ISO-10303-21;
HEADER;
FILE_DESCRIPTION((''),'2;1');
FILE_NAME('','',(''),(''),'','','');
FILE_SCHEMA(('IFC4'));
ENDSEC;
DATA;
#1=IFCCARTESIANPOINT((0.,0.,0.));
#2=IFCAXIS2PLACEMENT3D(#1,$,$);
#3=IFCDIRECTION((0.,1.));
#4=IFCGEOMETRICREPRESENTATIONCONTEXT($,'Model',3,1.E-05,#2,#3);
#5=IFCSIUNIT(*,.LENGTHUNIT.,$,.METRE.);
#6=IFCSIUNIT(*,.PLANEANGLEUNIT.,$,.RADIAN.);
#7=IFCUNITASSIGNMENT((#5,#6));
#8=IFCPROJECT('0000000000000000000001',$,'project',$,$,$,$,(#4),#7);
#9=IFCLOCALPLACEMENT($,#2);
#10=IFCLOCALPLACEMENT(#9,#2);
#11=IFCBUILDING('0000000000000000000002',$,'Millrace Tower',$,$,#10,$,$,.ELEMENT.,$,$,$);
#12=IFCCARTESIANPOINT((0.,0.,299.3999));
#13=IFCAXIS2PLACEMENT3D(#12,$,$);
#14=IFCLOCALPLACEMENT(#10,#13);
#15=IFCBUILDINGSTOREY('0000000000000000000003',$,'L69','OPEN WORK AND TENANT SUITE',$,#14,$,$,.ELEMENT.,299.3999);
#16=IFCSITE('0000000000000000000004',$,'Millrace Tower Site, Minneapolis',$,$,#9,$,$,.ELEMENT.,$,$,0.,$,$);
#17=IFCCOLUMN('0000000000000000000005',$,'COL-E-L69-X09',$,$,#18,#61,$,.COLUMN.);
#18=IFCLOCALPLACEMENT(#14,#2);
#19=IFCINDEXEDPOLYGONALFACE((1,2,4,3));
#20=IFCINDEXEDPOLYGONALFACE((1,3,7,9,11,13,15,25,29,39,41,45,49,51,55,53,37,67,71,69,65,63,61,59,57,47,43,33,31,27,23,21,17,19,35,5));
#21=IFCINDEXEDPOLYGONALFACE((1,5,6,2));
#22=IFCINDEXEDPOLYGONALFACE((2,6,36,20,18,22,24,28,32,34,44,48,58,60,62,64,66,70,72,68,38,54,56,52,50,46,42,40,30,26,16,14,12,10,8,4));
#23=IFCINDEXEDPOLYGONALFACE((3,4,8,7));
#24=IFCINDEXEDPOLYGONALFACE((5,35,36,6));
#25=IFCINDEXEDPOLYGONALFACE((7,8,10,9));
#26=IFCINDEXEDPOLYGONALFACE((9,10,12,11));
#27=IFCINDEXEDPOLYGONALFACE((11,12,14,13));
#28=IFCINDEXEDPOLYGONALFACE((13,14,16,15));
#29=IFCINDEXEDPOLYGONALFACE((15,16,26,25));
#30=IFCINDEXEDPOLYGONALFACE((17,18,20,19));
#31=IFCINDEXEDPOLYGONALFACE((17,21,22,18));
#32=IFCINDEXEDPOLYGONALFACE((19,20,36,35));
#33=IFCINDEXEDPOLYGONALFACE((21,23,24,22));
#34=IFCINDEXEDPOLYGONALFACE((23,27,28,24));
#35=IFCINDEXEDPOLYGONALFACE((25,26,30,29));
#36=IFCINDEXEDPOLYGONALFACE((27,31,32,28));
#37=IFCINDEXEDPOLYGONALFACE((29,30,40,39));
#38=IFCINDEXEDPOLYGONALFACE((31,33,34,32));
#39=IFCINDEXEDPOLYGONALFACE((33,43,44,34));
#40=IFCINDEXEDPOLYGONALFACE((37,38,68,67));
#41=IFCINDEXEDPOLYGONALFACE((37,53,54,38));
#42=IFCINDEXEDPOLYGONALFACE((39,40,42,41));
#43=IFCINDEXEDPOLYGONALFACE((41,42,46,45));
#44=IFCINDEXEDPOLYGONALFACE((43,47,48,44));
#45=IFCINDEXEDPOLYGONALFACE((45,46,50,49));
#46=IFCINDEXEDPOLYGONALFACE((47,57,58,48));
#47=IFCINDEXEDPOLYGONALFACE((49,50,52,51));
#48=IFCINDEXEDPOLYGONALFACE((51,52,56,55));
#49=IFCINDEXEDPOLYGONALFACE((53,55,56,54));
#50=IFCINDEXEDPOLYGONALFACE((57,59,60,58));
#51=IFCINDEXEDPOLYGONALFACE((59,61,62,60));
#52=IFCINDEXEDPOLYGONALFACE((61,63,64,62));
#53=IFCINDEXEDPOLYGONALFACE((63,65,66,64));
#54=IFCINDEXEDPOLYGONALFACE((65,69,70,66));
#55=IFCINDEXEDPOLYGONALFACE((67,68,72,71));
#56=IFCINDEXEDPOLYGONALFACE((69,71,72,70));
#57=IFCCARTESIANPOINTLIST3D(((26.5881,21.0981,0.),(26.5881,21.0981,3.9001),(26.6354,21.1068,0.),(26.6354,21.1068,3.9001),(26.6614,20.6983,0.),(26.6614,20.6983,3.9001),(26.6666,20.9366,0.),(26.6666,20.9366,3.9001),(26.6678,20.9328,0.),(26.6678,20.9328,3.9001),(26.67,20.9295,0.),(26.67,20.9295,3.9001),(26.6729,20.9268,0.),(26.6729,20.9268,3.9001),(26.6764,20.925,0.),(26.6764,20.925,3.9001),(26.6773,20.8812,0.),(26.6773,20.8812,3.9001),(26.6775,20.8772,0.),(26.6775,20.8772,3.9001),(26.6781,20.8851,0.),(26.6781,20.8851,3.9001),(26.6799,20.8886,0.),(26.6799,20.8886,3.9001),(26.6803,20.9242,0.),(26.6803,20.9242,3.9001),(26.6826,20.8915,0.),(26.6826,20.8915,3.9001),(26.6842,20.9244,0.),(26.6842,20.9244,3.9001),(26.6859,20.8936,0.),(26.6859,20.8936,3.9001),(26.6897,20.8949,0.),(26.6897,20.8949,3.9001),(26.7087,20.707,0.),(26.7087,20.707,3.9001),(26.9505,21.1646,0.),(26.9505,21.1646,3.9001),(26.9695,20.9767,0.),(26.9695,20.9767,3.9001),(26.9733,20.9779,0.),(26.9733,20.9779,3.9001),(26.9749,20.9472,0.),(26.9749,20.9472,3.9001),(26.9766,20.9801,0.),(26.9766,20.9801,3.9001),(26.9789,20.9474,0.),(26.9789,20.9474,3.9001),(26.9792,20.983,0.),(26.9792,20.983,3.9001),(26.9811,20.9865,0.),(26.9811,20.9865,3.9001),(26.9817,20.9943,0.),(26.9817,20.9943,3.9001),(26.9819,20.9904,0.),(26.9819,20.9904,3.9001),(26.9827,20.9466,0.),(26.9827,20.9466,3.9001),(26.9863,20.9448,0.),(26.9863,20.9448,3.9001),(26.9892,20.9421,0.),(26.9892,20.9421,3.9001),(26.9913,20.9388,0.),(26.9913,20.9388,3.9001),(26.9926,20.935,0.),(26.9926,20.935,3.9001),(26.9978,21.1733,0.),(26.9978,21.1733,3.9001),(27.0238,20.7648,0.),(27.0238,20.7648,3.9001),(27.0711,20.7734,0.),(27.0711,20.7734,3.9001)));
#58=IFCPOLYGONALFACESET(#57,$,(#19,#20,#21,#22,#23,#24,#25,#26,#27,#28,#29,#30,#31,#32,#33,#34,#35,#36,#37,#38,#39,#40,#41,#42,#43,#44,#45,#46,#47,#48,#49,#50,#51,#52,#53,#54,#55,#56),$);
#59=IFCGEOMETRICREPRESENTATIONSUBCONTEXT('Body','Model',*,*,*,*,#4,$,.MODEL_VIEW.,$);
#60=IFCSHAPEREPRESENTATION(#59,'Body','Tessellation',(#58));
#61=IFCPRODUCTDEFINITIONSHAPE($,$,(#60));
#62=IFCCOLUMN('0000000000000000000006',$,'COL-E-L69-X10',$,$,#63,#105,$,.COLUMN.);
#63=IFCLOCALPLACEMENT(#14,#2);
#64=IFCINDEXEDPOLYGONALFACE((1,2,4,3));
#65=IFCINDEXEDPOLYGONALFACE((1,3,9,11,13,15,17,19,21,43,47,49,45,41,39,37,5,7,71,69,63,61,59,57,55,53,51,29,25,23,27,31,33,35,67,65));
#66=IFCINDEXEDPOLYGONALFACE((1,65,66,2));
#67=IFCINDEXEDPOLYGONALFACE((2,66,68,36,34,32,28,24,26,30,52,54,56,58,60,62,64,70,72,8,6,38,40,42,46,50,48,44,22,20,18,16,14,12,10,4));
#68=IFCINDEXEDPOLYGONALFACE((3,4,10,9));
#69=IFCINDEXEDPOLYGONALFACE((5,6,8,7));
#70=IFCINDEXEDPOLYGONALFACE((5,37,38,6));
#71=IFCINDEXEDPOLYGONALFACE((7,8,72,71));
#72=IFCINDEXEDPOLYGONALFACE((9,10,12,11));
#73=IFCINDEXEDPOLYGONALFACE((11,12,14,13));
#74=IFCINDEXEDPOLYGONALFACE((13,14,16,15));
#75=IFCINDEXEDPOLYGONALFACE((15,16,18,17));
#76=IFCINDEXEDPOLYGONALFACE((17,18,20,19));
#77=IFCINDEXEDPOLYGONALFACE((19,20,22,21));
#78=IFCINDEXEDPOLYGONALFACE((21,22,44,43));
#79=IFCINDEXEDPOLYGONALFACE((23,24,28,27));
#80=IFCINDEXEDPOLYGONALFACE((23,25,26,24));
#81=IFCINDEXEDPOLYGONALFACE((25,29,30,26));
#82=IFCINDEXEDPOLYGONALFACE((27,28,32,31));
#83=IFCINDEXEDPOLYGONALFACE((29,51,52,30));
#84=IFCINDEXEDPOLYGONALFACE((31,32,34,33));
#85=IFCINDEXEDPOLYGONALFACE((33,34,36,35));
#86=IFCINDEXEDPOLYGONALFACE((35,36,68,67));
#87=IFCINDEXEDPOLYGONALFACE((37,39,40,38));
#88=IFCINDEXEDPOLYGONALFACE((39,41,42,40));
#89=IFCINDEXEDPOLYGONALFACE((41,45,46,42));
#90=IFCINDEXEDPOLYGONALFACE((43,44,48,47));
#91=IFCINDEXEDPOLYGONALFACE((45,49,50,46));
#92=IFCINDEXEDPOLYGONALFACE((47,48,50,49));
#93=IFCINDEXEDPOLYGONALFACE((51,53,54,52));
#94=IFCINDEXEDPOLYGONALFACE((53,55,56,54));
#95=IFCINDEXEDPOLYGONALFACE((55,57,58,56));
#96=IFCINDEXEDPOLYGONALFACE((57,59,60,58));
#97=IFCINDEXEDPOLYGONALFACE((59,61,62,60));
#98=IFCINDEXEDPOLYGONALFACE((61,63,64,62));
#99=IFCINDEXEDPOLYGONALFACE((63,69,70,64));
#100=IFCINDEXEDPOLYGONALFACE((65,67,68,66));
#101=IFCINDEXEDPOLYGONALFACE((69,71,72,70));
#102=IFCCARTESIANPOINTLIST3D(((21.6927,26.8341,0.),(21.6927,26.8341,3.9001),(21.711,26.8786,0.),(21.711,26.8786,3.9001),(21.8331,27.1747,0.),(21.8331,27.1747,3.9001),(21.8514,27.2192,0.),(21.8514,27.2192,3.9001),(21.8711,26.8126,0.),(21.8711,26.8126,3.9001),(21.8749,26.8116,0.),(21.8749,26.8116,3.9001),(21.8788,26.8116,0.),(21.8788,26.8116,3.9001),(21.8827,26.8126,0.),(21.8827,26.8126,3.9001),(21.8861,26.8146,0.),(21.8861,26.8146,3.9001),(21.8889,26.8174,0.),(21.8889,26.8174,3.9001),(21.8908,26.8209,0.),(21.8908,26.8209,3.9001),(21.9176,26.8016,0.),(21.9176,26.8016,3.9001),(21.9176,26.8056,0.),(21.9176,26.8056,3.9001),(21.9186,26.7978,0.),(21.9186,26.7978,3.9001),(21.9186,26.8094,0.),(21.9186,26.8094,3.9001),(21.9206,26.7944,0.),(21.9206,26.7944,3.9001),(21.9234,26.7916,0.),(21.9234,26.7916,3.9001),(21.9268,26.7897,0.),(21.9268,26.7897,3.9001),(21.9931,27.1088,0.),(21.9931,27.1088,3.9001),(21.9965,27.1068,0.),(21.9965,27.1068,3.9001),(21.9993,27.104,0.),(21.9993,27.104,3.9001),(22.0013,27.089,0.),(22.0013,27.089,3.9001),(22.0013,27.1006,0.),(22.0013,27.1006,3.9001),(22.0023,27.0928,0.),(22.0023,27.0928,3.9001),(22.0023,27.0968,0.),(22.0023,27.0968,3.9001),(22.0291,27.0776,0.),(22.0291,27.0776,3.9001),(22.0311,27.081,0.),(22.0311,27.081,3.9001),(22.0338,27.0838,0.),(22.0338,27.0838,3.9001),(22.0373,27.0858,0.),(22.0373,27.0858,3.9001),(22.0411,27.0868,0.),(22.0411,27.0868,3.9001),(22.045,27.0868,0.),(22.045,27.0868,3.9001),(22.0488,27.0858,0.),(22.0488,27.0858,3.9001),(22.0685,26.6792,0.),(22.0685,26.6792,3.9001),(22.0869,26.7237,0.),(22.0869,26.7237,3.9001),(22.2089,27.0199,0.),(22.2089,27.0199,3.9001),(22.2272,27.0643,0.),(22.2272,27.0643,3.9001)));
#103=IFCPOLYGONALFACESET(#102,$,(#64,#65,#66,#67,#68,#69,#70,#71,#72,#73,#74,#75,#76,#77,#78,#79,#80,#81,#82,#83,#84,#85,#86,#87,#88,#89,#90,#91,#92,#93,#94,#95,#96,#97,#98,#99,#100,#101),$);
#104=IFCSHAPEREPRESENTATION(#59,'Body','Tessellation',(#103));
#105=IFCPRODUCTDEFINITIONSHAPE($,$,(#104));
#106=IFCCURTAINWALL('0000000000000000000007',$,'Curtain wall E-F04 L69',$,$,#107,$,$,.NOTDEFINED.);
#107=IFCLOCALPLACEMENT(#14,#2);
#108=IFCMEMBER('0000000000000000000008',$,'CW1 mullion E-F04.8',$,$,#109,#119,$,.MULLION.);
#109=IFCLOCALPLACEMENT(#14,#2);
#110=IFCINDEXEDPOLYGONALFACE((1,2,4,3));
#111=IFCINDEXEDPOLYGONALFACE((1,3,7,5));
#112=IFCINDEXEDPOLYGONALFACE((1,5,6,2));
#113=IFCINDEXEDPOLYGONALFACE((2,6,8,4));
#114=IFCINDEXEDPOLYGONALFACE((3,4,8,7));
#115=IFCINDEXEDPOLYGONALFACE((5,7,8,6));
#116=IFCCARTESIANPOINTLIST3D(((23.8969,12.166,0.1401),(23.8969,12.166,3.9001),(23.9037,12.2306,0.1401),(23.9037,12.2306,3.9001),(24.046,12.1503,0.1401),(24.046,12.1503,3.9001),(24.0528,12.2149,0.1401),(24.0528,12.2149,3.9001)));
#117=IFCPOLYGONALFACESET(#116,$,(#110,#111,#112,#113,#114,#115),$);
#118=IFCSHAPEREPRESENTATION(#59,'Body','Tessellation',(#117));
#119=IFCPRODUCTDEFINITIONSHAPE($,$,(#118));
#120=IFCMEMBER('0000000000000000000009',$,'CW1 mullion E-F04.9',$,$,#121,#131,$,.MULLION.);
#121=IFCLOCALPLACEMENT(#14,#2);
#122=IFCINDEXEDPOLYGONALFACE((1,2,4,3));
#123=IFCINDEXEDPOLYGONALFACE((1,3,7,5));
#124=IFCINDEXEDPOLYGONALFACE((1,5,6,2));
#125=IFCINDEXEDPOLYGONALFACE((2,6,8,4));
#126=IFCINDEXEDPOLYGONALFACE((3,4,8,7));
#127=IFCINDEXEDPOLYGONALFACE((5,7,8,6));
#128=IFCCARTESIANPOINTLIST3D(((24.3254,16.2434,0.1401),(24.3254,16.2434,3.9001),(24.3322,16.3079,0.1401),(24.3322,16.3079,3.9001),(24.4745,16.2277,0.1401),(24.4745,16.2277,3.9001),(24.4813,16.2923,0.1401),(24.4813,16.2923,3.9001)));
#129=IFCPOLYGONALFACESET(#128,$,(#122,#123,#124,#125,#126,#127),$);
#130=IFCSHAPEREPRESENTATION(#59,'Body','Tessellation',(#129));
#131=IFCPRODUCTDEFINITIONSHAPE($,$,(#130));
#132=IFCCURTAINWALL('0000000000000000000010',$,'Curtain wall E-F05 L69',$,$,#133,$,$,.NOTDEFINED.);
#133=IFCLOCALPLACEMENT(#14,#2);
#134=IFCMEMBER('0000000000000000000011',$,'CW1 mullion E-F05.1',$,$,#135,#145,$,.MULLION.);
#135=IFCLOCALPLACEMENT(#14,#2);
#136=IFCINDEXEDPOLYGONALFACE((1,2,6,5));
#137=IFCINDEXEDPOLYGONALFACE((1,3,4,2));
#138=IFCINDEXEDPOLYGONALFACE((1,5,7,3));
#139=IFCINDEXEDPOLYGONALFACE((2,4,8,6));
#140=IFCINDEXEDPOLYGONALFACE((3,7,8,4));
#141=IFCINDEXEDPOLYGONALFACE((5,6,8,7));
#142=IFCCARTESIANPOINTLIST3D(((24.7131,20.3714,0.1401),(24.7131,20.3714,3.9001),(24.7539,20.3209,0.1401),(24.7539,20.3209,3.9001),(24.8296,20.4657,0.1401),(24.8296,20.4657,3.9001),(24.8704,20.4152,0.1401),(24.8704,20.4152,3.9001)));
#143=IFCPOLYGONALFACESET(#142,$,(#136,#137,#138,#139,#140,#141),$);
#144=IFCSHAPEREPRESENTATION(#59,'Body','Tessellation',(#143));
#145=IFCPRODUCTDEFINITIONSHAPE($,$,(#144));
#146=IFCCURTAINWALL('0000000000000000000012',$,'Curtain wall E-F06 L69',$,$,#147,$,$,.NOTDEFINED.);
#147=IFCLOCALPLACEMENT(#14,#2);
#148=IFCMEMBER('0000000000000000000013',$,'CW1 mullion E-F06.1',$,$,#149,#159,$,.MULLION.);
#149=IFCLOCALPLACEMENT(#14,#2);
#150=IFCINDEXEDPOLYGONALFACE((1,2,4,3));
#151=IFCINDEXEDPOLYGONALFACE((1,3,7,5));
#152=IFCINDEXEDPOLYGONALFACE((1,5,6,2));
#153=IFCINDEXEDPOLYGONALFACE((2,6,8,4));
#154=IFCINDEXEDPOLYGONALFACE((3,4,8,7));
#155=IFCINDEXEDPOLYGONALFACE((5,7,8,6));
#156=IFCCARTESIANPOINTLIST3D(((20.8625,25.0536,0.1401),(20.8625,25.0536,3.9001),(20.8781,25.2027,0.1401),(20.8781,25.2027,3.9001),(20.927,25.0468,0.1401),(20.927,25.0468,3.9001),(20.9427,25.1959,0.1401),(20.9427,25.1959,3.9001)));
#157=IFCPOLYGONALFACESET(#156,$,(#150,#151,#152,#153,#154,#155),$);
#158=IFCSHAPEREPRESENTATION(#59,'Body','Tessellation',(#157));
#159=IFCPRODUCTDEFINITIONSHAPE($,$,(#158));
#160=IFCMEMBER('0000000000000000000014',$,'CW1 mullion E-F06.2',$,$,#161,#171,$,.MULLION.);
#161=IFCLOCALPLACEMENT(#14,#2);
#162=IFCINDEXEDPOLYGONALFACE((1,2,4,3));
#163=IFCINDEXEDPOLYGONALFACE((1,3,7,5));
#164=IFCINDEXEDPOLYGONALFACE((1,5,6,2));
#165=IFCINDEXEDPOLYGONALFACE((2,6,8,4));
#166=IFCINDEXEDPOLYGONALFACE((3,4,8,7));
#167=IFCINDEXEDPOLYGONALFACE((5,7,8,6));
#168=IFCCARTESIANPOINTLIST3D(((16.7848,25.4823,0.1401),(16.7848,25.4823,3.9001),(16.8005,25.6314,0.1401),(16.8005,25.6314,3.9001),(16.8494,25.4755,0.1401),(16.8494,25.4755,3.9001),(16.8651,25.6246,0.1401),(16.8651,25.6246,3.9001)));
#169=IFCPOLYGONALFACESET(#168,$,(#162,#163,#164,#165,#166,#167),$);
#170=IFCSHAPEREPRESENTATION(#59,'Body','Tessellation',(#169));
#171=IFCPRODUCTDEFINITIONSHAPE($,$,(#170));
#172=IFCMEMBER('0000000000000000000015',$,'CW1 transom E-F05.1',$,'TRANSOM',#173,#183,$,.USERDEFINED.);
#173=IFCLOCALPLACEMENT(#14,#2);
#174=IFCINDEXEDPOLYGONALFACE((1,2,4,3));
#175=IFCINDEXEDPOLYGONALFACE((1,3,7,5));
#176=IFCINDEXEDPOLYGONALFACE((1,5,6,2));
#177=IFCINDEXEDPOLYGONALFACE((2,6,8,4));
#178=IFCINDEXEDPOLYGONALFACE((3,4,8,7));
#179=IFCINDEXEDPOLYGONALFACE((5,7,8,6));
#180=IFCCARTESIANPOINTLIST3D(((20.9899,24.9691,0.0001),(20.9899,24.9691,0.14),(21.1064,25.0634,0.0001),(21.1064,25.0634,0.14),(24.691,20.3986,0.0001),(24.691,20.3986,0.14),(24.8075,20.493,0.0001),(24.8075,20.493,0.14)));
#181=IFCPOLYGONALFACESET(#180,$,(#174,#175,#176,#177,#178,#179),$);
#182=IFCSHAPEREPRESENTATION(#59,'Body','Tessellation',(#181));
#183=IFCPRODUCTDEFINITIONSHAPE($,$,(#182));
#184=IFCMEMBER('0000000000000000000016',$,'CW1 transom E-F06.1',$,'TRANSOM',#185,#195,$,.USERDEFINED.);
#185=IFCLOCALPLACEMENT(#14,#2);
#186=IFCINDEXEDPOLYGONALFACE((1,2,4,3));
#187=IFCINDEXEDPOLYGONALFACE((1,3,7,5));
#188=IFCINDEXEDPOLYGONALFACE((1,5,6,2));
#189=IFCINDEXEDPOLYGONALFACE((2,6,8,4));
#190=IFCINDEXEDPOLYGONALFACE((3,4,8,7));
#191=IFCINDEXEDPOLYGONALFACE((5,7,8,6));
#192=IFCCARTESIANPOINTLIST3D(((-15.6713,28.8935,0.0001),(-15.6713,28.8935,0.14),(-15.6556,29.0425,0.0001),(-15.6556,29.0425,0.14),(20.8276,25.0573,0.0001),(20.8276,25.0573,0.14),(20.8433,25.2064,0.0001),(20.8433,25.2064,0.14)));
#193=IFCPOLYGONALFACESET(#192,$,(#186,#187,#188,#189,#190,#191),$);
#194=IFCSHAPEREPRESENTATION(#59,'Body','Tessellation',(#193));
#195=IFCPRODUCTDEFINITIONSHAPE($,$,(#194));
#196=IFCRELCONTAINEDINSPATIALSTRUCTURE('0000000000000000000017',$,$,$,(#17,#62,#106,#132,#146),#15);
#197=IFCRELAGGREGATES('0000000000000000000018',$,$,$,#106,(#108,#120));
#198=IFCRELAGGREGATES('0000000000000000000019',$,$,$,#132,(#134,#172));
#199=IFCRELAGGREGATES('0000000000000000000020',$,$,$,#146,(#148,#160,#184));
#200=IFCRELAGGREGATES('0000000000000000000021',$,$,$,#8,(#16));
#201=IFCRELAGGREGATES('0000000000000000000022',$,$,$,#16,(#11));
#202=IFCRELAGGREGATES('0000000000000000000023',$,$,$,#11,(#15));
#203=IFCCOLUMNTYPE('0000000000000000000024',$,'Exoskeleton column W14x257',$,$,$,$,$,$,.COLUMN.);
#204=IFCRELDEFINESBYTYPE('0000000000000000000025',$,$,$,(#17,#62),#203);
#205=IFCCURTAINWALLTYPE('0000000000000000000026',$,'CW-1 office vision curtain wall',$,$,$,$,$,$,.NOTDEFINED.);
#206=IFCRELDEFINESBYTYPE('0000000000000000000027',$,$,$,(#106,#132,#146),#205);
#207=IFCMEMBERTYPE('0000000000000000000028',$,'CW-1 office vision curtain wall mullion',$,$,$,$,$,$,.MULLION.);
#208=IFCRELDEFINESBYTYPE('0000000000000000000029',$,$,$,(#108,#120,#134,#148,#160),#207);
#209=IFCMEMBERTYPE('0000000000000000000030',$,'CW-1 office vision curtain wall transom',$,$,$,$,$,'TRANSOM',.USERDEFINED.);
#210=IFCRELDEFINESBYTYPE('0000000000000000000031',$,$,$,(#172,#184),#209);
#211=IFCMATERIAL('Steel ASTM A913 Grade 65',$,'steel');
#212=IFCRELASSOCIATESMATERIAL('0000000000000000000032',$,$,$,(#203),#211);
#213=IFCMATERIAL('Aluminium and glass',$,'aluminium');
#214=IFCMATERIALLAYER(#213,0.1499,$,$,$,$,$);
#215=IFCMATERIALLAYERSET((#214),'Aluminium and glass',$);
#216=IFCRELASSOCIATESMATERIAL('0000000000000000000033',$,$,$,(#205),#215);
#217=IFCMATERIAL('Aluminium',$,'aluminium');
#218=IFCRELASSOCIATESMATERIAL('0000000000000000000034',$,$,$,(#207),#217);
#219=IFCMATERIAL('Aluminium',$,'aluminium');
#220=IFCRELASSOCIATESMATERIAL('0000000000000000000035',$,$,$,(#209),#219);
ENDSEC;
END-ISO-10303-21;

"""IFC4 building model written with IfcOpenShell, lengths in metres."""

from ifc_helpers import new_model, si_unit, direction, frame, origin, origin_2d, place, context, subcontext, project, spatial, rectangle, i_section, extrude, material, layer, layer_set, material_profile, profile_set, type_object, element, aggregate, save


model = new_model("IFC4")

# Units and contexts
model_context = context("Model", 3, precision=1e-05, world=origin(), true_north=direction((0.0, 1.0)))
body_context = subcontext(model_context, "Body", "Model", "MODEL_VIEW")
ifc_project = project(units=[si_unit("LENGTHUNIT", "METRE"), si_unit("PLANEANGLEUNIT", "RADIAN")], contexts=[model_context])

# Site, building, storey
site_placement = place(None, origin())
site = spatial("IfcSite", under=ifc_project, at=site_placement, Name="Millrace Tower Site, Minneapolis", CompositionType="ELEMENT", RefElevation=0.0)
building_placement = place(site_placement, origin())
building = spatial("IfcBuilding", under=site, at=building_placement, Name="Millrace Tower", CompositionType="ELEMENT")
storey_placement = place(building_placement, frame((0.0, 0.0, 299.3999)))
storey = spatial("IfcBuildingStorey", under=building, at=storey_placement, Name="L69", Description="OPEN WORK AND TENANT SUITE", CompositionType="ELEMENT", Elevation=299.3999)

# Columns
ifc_material_1 = material(Name="Steel ASTM A913 Grade 65", Category="steel")
ifc_material_profile_1 = material_profile(ifc_material_1, i_section(OverallWidth=0.4065, OverallDepth=0.4165, WebThickness=0.03, FlangeThickness=0.0481, FilletRadius=0.0151, at=origin_2d()))
ifc_profile_set_1 = profile_set([ifc_material_profile_1], Name="Steel ASTM A913 Grade 65")
column_type = type_object("IfcColumnType", Name="Exoskeleton column W14x257", PredefinedType="COLUMN", material=ifc_profile_set_1)
for number, where, z_axis, x_axis, name in (
    (1, (26.8296, 20.9358, 0.0), (0.0, 0.0, 1.0), (-0.180387, 0.983596, 0.0), "COL-E-L69-X09"),
    (2, (21.96, 26.9492, 0.0), (0.0, 0.0, 1.0), (-0.924597, 0.380947, 0.0), "COL-E-L69-X10"),
):
    element("IfcColumn", number, at=place(storey_placement, frame(where, z_axis=z_axis, x_axis=x_axis)), inside=storey, type_object=column_type, Name=name, PredefinedType="COLUMN", context=body_context, shape_type="SweptSolid", body=[
        extrude(i_section(OverallWidth=0.4065, OverallDepth=0.4165, WebThickness=0.03, FlangeThickness=0.0481, FilletRadius=0.0151, at=origin_2d()), origin(), (0.0, 0.0, 1.0), 3.9001),
    ])

# Curtain wall, members
ifc_material_2 = material(Name="Aluminium and glass", Category="aluminium")
ifc_layer_1 = layer(ifc_material_2, 0.1499)
ifc_layer_set_1 = layer_set([ifc_layer_1], Name="Aluminium and glass")
curtain_wall_type = type_object("IfcCurtainWallType", Name="CW-1 office vision curtain wall", PredefinedType="NOTDEFINED", material=ifc_layer_set_1)
placement = place(storey_placement, origin())
curtain_wall_1 = element("IfcCurtainWall", 3, at=placement, inside=storey, type_object=curtain_wall_type, Name="Curtain wall E-F04 L69", PredefinedType="NOTDEFINED")
ifc_material_3 = material(Name="Aluminium", Category="aluminium")
ifc_material_profile_2 = material_profile(ifc_material_3, rectangle(XDim=0.0649, YDim=0.1499, at=origin_2d()))
ifc_profile_set_2 = profile_set([ifc_material_profile_2], Name="Aluminium")
member_type_1 = type_object("IfcMemberType", Name="CW-1 office vision curtain wall mullion", PredefinedType="MULLION", material=ifc_profile_set_2)
member_1_placement = place(storey_placement, frame((23.9749, 12.1904, 0.1401), z_axis=(0.0, 0.0, 1.0), x_axis=(0.104528, 0.994522, 0.0)))
member_1 = element("IfcMember", 4, at=member_1_placement, type_object=member_type_1, Name="CW1 mullion E-F04.8", PredefinedType="MULLION", context=body_context, shape_type="SweptSolid", body=[
    extrude(rectangle(XDim=0.0649, YDim=0.1499, at=origin_2d()), origin(), (0.0, 0.0, 1.0), 3.76),
])
member_2_placement = place(storey_placement, frame((24.4033, 16.2678, 0.1401), z_axis=(0.0, 0.0, 1.0), x_axis=(0.104528, 0.994522, 0.0)))
member_2 = element("IfcMember", 5, at=member_2_placement, type_object=member_type_1, Name="CW1 mullion E-F04.9", PredefinedType="MULLION", context=body_context, shape_type="SweptSolid", body=[
    extrude(rectangle(XDim=0.0649, YDim=0.1499, at=origin_2d()), origin(), (0.0, 0.0, 1.0), 3.76),
])
aggregate(curtain_wall_1, [member_1, member_2])

# Curtain wall, member
curtain_wall_2 = element("IfcCurtainWall", 6, at=placement, inside=storey, type_object=curtain_wall_type, Name="Curtain wall E-F05 L69", PredefinedType="NOTDEFINED")
member_3_placement = place(storey_placement, frame((24.7917, 20.3933, 0.1401), z_axis=(0.0, 0.0, 1.0), x_axis=(-0.62932, 0.777146, 0.0)))
member_3 = element("IfcMember", 7, at=member_3_placement, type_object=member_type_1, Name="CW1 mullion E-F05.1", PredefinedType="MULLION", context=body_context, shape_type="SweptSolid", body=[
    extrude(rectangle(XDim=0.0649, YDim=0.1499, at=origin_2d()), origin(), (0.0, 0.0, 1.0), 3.76),
])

# Curtain wall, members
curtain_wall_3 = element("IfcCurtainWall", 8, at=placement, inside=storey, type_object=curtain_wall_type, Name="Curtain wall E-F06 L69", PredefinedType="NOTDEFINED")
member_4_placement = place(storey_placement, frame((20.9026, 25.1248, 0.1401), z_axis=(0.0, 0.0, 1.0), x_axis=(-0.994522, 0.104528, 0.0)))
member_4 = element("IfcMember", 9, at=member_4_placement, type_object=member_type_1, Name="CW1 mullion E-F06.1", PredefinedType="MULLION", context=body_context, shape_type="SweptSolid", body=[
    extrude(rectangle(XDim=0.0649, YDim=0.1499, at=origin_2d()), origin(), (0.0, 0.0, 1.0), 3.76),
])
member_5_placement = place(storey_placement, frame((16.825, 25.5535, 0.1401), z_axis=(0.0, 0.0, 1.0), x_axis=(-0.994522, 0.104528, 0.0)))
member_5 = element("IfcMember", 10, at=member_5_placement, type_object=member_type_1, Name="CW1 mullion E-F06.2", PredefinedType="MULLION", context=body_context, shape_type="SweptSolid", body=[
    extrude(rectangle(XDim=0.0649, YDim=0.1499, at=origin_2d()), origin(), (0.0, 0.0, 1.0), 3.76),
])

# Members
ifc_material_4 = material(Name="Aluminium", Category="aluminium")
ifc_material_profile_3 = material_profile(ifc_material_4, rectangle(XDim=0.1499, YDim=0.1399, at=origin_2d()))
ifc_profile_set_3 = profile_set([ifc_material_profile_3], Name="Aluminium")
member_type_2 = type_object("IfcMemberType", Name="CW-1 office vision curtain wall transom", ElementType="TRANSOM", PredefinedType="USERDEFINED", material=ifc_profile_set_3)
member_6_placement = place(storey_placement, frame((24.7493, 20.4458, 0.0701), z_axis=(-0.629321, 0.777145, 0.0), x_axis=(-0.777145, -0.629321, 0.0)))
member_6 = element("IfcMember", 11, at=member_6_placement, type_object=member_type_2, Name="CW1 transom E-F05.1", ObjectType="TRANSOM", PredefinedType="USERDEFINED", context=body_context, shape_type="SweptSolid", body=[
    extrude(rectangle(XDim=0.1499, YDim=0.1399, at=origin_2d()), origin(), (0.0, 0.0, 1.0), 5.8811),
])
aggregate(curtain_wall_2, [member_3, member_6])
member_7_placement = place(storey_placement, frame((20.8354, 25.1318, 0.0701), z_axis=(-0.994522, 0.104528, 0.0), x_axis=(-0.104528, -0.994522, 0.0)))
member_7 = element("IfcMember", 12, at=member_7_placement, type_object=member_type_2, Name="CW1 transom E-F06.1", ObjectType="TRANSOM", PredefinedType="USERDEFINED", context=body_context, shape_type="SweptSolid", body=[
    extrude(rectangle(XDim=0.1499, YDim=0.1399, at=origin_2d()), origin(), (0.0, 0.0, 1.0), 36.7),
])
aggregate(curtain_wall_3, [member_4, member_5, member_7])

save(model, "model.ifc")
